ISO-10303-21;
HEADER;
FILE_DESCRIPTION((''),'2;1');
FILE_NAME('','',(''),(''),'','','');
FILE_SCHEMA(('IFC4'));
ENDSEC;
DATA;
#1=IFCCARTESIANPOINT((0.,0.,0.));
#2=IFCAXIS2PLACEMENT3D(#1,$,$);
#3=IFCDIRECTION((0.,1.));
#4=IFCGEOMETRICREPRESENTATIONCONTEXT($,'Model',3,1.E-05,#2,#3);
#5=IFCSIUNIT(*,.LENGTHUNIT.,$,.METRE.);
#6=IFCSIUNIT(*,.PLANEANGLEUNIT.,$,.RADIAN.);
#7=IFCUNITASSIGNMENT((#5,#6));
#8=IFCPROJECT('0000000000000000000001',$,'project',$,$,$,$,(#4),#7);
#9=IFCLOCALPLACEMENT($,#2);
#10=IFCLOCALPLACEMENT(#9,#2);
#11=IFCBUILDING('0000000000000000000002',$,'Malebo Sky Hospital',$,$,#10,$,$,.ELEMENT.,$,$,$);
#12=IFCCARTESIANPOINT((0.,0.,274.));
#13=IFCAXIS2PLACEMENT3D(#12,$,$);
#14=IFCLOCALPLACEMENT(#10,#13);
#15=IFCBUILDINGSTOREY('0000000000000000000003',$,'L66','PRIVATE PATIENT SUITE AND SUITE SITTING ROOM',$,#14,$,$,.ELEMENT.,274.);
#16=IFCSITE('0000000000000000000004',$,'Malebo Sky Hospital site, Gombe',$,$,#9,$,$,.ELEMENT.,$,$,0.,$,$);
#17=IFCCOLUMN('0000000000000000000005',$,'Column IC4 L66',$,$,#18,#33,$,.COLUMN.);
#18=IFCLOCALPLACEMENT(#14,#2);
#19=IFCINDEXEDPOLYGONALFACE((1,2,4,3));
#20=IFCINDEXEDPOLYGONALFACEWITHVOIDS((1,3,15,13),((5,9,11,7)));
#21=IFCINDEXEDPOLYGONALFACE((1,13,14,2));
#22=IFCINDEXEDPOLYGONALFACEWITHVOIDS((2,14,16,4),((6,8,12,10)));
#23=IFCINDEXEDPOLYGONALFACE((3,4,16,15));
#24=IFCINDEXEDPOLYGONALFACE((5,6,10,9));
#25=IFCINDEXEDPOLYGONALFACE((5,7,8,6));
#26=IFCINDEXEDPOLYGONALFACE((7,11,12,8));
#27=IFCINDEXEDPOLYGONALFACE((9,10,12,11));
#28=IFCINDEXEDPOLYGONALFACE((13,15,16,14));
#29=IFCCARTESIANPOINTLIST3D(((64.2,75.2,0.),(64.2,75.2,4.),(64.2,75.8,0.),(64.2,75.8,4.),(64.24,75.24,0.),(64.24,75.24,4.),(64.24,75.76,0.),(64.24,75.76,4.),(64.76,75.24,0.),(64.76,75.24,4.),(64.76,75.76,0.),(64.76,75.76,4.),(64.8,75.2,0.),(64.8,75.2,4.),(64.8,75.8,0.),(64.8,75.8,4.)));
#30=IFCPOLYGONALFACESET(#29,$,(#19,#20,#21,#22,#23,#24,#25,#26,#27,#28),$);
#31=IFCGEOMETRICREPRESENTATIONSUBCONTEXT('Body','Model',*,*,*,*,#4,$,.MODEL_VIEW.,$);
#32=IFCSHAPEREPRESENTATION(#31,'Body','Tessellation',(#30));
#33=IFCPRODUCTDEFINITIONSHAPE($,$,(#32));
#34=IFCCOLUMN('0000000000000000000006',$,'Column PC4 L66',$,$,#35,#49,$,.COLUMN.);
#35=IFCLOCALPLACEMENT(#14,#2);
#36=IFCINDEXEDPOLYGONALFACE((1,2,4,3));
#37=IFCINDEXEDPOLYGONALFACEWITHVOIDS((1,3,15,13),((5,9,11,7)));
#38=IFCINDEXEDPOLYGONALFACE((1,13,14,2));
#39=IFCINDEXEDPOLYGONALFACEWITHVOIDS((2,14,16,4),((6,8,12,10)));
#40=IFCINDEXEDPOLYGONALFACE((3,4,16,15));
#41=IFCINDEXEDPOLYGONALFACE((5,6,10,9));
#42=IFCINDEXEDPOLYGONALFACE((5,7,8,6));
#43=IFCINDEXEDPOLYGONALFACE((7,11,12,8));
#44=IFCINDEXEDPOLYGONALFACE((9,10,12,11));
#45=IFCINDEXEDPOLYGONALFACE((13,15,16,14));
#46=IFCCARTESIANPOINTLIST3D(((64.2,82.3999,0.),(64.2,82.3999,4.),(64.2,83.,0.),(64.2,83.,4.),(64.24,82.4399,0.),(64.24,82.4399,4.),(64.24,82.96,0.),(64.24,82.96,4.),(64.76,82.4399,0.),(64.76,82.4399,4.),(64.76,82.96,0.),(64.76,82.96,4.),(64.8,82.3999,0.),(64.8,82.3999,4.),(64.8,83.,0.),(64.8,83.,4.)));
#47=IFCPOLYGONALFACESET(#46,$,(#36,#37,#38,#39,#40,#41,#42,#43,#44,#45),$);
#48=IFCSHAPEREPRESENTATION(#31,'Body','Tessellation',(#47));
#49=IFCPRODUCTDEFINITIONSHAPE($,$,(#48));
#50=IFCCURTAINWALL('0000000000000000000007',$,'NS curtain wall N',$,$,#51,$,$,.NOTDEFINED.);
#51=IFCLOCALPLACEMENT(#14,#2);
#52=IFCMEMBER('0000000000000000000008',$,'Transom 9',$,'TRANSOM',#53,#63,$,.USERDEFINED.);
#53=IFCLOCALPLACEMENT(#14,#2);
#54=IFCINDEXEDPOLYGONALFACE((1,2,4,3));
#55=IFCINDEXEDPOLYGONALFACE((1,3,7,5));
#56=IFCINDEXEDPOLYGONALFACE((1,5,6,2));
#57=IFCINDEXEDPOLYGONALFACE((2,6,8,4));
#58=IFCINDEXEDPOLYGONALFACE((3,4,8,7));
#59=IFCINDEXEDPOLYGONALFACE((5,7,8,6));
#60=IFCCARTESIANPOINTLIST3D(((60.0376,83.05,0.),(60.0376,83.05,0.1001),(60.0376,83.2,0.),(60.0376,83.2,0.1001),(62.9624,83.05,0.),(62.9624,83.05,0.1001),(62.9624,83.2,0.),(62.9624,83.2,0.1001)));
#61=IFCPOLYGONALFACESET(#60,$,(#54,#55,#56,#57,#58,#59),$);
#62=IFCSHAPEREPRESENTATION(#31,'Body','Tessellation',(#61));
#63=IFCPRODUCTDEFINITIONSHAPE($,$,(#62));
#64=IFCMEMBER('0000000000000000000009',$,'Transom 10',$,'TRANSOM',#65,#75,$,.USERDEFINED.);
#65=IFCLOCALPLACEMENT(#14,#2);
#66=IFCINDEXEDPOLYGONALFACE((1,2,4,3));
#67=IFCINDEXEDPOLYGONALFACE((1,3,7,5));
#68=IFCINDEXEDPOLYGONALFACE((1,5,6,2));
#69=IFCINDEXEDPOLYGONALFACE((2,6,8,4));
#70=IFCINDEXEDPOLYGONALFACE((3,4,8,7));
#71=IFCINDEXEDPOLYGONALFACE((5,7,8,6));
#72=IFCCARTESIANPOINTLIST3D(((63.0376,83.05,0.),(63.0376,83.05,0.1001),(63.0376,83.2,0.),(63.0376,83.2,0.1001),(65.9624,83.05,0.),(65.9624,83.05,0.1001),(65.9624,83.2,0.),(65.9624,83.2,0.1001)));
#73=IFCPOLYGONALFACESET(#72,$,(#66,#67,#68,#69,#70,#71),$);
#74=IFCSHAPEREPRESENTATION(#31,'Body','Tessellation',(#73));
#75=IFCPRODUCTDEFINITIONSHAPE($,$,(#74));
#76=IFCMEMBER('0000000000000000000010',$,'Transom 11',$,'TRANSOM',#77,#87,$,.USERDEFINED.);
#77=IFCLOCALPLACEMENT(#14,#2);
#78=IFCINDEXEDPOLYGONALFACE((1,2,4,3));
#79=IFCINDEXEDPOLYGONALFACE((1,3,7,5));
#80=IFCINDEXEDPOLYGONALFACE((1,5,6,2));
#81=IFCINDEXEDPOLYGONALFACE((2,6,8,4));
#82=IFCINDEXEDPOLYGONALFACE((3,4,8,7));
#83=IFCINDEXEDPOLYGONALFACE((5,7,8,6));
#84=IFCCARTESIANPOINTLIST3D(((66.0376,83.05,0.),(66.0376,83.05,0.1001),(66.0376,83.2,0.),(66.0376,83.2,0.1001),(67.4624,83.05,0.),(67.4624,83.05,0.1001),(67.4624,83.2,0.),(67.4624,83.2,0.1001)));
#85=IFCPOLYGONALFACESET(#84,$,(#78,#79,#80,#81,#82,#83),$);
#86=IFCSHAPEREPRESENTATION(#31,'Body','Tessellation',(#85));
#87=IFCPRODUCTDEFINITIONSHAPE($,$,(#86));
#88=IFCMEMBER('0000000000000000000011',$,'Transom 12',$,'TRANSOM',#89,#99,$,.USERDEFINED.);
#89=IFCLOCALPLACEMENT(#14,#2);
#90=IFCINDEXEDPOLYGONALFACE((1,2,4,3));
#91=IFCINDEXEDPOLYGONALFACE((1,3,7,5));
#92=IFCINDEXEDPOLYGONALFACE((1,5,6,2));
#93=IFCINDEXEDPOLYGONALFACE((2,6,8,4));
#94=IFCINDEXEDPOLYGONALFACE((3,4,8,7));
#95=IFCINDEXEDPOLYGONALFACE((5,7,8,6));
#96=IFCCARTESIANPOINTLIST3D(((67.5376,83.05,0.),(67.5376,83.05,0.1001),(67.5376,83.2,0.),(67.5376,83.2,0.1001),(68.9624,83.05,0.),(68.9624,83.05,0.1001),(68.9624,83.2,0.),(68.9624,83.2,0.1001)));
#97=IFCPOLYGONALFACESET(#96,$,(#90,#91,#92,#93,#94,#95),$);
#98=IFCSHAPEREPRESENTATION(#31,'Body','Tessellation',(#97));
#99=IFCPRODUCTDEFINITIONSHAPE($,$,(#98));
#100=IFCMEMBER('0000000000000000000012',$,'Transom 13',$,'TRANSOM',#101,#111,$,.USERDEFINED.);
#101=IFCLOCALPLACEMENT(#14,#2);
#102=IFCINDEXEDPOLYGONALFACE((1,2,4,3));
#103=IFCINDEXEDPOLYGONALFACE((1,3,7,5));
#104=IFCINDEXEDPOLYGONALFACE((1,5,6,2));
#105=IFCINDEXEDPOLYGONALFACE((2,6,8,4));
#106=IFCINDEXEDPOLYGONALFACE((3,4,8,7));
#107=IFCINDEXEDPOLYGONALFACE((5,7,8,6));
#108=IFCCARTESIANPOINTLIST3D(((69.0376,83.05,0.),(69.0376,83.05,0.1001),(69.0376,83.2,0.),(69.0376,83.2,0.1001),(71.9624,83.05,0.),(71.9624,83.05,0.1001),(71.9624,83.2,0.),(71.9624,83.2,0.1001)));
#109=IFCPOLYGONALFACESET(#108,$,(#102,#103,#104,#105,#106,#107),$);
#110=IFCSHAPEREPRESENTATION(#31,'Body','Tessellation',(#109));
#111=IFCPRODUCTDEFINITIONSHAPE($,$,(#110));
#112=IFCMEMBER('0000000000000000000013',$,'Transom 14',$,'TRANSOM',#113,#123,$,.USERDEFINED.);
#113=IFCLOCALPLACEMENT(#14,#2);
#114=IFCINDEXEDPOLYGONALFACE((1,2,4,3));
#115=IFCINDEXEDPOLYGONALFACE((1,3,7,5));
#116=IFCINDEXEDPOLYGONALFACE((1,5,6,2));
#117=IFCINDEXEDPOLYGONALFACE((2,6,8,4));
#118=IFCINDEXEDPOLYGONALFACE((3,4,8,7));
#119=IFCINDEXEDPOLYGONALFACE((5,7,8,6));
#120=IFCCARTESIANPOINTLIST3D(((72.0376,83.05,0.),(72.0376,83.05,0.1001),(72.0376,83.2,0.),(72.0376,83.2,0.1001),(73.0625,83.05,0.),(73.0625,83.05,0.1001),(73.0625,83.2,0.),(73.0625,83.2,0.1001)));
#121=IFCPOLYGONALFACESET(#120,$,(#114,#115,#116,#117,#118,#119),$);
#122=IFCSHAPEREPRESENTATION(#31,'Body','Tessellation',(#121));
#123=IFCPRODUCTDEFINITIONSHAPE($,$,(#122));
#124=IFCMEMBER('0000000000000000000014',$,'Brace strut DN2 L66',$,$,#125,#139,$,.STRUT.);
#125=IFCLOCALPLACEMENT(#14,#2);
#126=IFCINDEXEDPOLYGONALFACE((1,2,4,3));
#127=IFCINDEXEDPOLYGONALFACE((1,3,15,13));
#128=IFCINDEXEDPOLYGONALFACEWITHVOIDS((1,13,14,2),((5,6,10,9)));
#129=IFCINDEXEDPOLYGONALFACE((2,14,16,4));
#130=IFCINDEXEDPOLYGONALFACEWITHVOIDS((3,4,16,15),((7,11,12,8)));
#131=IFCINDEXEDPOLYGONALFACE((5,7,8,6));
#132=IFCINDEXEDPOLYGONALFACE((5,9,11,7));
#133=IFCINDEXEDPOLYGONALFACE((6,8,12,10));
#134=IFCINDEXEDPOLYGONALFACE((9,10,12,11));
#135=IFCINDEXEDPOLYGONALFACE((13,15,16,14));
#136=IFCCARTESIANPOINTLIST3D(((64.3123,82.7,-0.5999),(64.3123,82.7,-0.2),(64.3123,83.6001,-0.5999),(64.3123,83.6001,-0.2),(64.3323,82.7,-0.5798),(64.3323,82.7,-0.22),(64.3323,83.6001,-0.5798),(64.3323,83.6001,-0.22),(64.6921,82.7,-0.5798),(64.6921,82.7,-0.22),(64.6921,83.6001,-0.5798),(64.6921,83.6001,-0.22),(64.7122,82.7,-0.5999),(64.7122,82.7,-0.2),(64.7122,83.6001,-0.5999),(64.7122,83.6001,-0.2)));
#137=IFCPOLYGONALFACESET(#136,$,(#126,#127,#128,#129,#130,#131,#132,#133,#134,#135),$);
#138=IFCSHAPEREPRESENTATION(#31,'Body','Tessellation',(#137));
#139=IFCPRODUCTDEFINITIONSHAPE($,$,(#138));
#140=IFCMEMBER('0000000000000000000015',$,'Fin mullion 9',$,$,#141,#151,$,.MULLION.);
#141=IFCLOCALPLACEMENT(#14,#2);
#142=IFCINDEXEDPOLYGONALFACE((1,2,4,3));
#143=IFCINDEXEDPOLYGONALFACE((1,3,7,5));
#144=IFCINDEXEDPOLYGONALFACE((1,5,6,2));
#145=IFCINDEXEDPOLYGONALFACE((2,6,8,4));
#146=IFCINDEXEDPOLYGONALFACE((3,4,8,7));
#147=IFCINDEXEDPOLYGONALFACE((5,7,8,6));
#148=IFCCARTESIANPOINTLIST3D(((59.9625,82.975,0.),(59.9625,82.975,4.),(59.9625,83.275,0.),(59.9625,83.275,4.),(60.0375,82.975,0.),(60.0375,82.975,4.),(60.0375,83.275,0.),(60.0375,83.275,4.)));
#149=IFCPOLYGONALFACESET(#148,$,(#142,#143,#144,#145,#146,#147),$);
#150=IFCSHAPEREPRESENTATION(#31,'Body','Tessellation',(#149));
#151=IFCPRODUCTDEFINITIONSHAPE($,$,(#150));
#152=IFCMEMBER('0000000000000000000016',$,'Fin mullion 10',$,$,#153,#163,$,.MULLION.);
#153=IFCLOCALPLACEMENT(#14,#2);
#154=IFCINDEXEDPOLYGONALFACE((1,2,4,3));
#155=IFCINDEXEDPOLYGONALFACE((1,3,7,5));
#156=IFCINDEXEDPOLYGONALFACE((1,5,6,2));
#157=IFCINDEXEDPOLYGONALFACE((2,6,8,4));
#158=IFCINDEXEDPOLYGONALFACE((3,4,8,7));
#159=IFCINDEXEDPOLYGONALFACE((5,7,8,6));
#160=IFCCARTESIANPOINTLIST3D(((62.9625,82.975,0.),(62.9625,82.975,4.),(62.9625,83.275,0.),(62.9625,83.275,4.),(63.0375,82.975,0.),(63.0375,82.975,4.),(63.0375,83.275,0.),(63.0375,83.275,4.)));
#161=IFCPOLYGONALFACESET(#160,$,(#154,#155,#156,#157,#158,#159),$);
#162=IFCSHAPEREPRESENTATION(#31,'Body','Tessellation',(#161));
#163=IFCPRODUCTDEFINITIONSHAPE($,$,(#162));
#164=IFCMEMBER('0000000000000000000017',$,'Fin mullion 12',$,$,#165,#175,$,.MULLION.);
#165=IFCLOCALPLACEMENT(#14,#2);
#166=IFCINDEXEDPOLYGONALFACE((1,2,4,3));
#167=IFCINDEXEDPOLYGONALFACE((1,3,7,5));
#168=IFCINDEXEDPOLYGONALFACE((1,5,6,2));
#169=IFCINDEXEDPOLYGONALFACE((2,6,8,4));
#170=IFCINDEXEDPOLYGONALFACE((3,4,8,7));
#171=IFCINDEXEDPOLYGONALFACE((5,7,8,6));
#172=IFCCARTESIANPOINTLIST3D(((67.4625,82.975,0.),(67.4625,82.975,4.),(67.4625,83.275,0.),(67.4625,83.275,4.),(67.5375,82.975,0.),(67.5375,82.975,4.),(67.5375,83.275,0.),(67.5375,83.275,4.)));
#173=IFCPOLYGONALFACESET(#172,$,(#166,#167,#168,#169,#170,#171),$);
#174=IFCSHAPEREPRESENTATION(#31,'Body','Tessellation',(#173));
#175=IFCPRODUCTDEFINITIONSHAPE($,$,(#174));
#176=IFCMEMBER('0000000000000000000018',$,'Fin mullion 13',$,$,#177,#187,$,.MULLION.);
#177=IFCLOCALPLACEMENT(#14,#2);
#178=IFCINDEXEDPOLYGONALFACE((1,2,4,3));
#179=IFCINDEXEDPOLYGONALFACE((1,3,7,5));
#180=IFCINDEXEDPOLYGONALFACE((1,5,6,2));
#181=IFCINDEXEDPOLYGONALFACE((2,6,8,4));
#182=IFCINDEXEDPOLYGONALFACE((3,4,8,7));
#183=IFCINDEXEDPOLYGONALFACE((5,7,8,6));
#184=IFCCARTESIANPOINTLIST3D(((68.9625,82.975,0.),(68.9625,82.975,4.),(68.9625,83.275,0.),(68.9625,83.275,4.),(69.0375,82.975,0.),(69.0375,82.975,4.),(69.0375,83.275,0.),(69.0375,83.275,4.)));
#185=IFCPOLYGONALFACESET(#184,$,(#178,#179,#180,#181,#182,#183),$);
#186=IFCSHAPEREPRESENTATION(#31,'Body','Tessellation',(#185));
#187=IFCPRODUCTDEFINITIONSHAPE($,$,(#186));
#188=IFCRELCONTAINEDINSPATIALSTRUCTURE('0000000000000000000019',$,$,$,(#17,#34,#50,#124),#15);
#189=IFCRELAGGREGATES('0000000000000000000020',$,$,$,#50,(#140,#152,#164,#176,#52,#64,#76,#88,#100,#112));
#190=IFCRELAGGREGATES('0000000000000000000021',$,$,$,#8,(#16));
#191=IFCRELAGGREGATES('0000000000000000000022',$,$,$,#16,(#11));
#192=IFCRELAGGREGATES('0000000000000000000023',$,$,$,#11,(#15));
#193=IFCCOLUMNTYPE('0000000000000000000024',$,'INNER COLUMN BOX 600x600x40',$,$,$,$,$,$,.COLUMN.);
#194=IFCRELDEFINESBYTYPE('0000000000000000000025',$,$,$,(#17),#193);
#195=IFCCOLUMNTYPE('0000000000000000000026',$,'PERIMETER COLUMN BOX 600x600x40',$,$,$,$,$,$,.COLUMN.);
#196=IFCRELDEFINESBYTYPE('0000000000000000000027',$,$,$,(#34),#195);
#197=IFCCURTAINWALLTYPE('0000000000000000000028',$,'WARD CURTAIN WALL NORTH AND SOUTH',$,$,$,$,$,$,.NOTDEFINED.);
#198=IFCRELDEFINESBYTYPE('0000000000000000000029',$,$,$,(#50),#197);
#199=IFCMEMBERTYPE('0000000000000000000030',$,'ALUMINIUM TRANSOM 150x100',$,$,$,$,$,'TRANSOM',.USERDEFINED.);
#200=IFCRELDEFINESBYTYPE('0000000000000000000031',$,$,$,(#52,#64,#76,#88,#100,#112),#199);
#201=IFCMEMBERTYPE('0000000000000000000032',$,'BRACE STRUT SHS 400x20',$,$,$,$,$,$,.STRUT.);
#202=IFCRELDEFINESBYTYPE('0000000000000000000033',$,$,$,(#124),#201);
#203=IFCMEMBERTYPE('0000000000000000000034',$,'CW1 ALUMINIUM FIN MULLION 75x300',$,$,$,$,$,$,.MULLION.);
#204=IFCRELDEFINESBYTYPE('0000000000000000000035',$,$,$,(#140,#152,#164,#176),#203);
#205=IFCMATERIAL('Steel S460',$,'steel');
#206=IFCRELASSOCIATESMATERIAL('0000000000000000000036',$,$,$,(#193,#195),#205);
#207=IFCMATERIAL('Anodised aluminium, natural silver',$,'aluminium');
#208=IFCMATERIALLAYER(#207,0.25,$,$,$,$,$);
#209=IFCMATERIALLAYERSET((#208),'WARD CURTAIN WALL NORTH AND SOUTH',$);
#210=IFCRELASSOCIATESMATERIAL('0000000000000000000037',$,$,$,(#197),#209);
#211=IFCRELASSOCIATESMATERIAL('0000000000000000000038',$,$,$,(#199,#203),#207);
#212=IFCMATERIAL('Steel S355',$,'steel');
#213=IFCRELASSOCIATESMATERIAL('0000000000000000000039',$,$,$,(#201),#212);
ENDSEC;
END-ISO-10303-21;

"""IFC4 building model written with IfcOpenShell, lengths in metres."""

from ifc_helpers import new_model, si_unit, direction, frame, origin, origin_2d, place, context, subcontext, project, spatial, rectangle, hollow_rectangle, extrude, material, layer, layer_set, material_profile, profile_set, type_object, element, aggregate, save


model = new_model("IFC4")

# Units and contexts
model_context = context("Model", 3, precision=1e-05, world=origin(), true_north=direction((0.0, 1.0)))
body_context = subcontext(model_context, "Body", "Model", "MODEL_VIEW")
ifc_project = project(units=[si_unit("LENGTHUNIT", "METRE"), si_unit("PLANEANGLEUNIT", "RADIAN")], contexts=[model_context])

# Site, building, storey
site_placement = place(None, origin())
site = spatial("IfcSite", under=ifc_project, at=site_placement, Name="Malebo Sky Hospital site, Gombe", CompositionType="ELEMENT", RefElevation=0.0)
building_placement = place(site_placement, origin())
building = spatial("IfcBuilding", under=site, at=building_placement, Name="Malebo Sky Hospital", CompositionType="ELEMENT")
storey_placement = place(building_placement, frame((0.0, 0.0, 274.0)))
storey = spatial("IfcBuildingStorey", under=building, at=storey_placement, Name="L66", Description="PRIVATE PATIENT SUITE AND SUITE SITTING ROOM", CompositionType="ELEMENT", Elevation=274.0)

# Columns
ifc_material_1 = material(Name="Steel S460", Category="steel")
ifc_material_profile_1 = material_profile(ifc_material_1, hollow_rectangle(XDim=0.6001, YDim=0.6001, WallThickness=0.04, at=origin_2d()), Name="BOX 600x600x40")
ifc_profile_set_1 = profile_set([ifc_material_profile_1], Name="Steel S460")
column_type_1 = type_object("IfcColumnType", Name="INNER COLUMN BOX 600x600x40", PredefinedType="COLUMN", material=ifc_profile_set_1)
column_1_placement = place(storey_placement, frame((64.5, 75.5, 0.0), z_axis=(0.0, 0.0, 1.0), x_axis=(1.0, 0.0, 0.0)))
element("IfcColumn", 1, at=column_1_placement, inside=storey, type_object=column_type_1, Name="Column IC4 L66", PredefinedType="COLUMN", context=body_context, shape_type="SweptSolid", body=[
    extrude(hollow_rectangle(XDim=0.6001, YDim=0.6001, WallThickness=0.04, at=origin_2d()), origin(), (0.0, 0.0, 1.0), 4.0),
])
ifc_material_profile_2 = material_profile(ifc_material_1, hollow_rectangle(XDim=0.6001, YDim=0.6001, WallThickness=0.04, at=origin_2d()), Name="BOX 600x600x40")
ifc_profile_set_2 = profile_set([ifc_material_profile_2], Name="Steel S460")
column_type_2 = type_object("IfcColumnType", Name="PERIMETER COLUMN BOX 600x600x40", PredefinedType="COLUMN", material=ifc_profile_set_2)
column_2_placement = place(storey_placement, frame((64.5, 82.7, 0.0), z_axis=(0.0, 0.0, 1.0), x_axis=(1.0, 0.0, 0.0)))
element("IfcColumn", 2, at=column_2_placement, inside=storey, type_object=column_type_2, Name="Column PC4 L66", PredefinedType="COLUMN", context=body_context, shape_type="SweptSolid", body=[
    extrude(hollow_rectangle(XDim=0.6001, YDim=0.6001, WallThickness=0.04, at=origin_2d()), origin(), (0.0, 0.0, 1.0), 4.0),
])

# Curtain wall, members
ifc_material_2 = material(Name="Anodised aluminium, natural silver", Category="aluminium")
ifc_layer_1 = layer(ifc_material_2, 0.25)
ifc_layer_set_1 = layer_set([ifc_layer_1], Name="WARD CURTAIN WALL NORTH AND SOUTH")
curtain_wall_type = type_object("IfcCurtainWallType", Name="WARD CURTAIN WALL NORTH AND SOUTH", PredefinedType="NOTDEFINED", material=ifc_layer_set_1)
curtain_wall_placement = place(storey_placement, origin())
curtain_wall = element("IfcCurtainWall", 3, at=curtain_wall_placement, inside=storey, type_object=curtain_wall_type, Name="NS curtain wall N", PredefinedType="NOTDEFINED")
ifc_material_profile_3 = material_profile(ifc_material_2, rectangle(XDim=0.1499, YDim=0.1001, at=origin_2d()), Name="ALUMINIUM TRANSOM 150x100")
ifc_profile_set_3 = profile_set([ifc_material_profile_3], Name="Anodised aluminium, natural silver")
member_type_1 = type_object("IfcMemberType", Name="ALUMINIUM TRANSOM 150x100", ElementType="TRANSOM", PredefinedType="USERDEFINED", material=ifc_profile_set_3)
member_1_placement = place(storey_placement, frame((60.0376, 83.125, 0.05), z_axis=(1.0, 0.0, 0.0), x_axis=(0.0, 1.0, 0.0)))
member_1 = element("IfcMember", 4, at=member_1_placement, type_object=member_type_1, Name="Transom 9", ObjectType="TRANSOM", PredefinedType="USERDEFINED", context=body_context, shape_type="SweptSolid", body=[
    extrude(rectangle(XDim=0.1499, YDim=0.1001, at=origin_2d()), origin(), (0.0, 0.0, 1.0), 2.9248),
])
member_2_placement = place(storey_placement, frame((63.0376, 83.125, 0.05), z_axis=(1.0, 0.0, 0.0), x_axis=(0.0, 1.0, 0.0)))
member_2 = element("IfcMember", 5, at=member_2_placement, type_object=member_type_1, Name="Transom 10", ObjectType="TRANSOM", PredefinedType="USERDEFINED", context=body_context, shape_type="SweptSolid", body=[
    extrude(rectangle(XDim=0.1499, YDim=0.1001, at=origin_2d()), origin(), (0.0, 0.0, 1.0), 2.9248),
])
member_3_placement = place(storey_placement, frame((66.0376, 83.125, 0.05), z_axis=(1.0, 0.0, 0.0), x_axis=(0.0, 1.0, 0.0)))
member_3 = element("IfcMember", 6, at=member_3_placement, type_object=member_type_1, Name="Transom 11", ObjectType="TRANSOM", PredefinedType="USERDEFINED", context=body_context, shape_type="SweptSolid", body=[
    extrude(rectangle(XDim=0.1499, YDim=0.1001, at=origin_2d()), origin(), (0.0, 0.0, 1.0), 1.4248),
])
member_4_placement = place(storey_placement, frame((67.5376, 83.125, 0.05), z_axis=(1.0, 0.0, 0.0), x_axis=(0.0, 1.0, 0.0)))
member_4 = element("IfcMember", 7, at=member_4_placement, type_object=member_type_1, Name="Transom 12", ObjectType="TRANSOM", PredefinedType="USERDEFINED", context=body_context, shape_type="SweptSolid", body=[
    extrude(rectangle(XDim=0.1499, YDim=0.1001, at=origin_2d()), origin(), (0.0, 0.0, 1.0), 1.4248),
])
member_5_placement = place(storey_placement, frame((69.0376, 83.125, 0.05), z_axis=(1.0, 0.0, 0.0), x_axis=(0.0, 1.0, 0.0)))
member_5 = element("IfcMember", 8, at=member_5_placement, type_object=member_type_1, Name="Transom 13", ObjectType="TRANSOM", PredefinedType="USERDEFINED", context=body_context, shape_type="SweptSolid", body=[
    extrude(rectangle(XDim=0.1499, YDim=0.1001, at=origin_2d()), origin(), (0.0, 0.0, 1.0), 2.9248),
])
member_6_placement = place(storey_placement, frame((72.0376, 83.125, 0.05), z_axis=(1.0, 0.0, 0.0), x_axis=(0.0, 1.0, 0.0)))
member_6 = element("IfcMember", 9, at=member_6_placement, type_object=member_type_1, Name="Transom 14", ObjectType="TRANSOM", PredefinedType="USERDEFINED", context=body_context, shape_type="SweptSolid", body=[
    extrude(rectangle(XDim=0.1499, YDim=0.1001, at=origin_2d()), origin(), (0.0, 0.0, 1.0), 1.0249),
])

# Members
ifc_material_3 = material(Name="Steel S355", Category="steel")
ifc_material_profile_4 = material_profile(ifc_material_3, hollow_rectangle(XDim=0.3999, YDim=0.3999, WallThickness=0.02, at=origin_2d()), Name="SHS 400x20")
ifc_profile_set_4 = profile_set([ifc_material_profile_4], Name="Steel S355")
member_type_2 = type_object("IfcMemberType", Name="BRACE STRUT SHS 400x20", PredefinedType="STRUT", material=ifc_profile_set_4)
member_7_placement = place(storey_placement, frame((64.5122, 83.6001, -0.3999), z_axis=(0.0, -1.0, 0.0), x_axis=(1.0, 0.0, 0.0)))
element("IfcMember", 10, at=member_7_placement, inside=storey, type_object=member_type_2, Name="Brace strut DN2 L66", PredefinedType="STRUT", context=body_context, shape_type="SweptSolid", body=[
    extrude(hollow_rectangle(XDim=0.3999, YDim=0.3999, WallThickness=0.02, at=origin_2d()), origin(), (0.0, 0.0, 1.0), 0.9001),
])
ifc_material_profile_5 = material_profile(ifc_material_2, rectangle(XDim=0.075, YDim=0.3, at=origin_2d()), Name="CW1 ALUMINIUM FIN MULLION 75x300")
ifc_profile_set_5 = profile_set([ifc_material_profile_5], Name="Anodised aluminium, natural silver")
member_type_3 = type_object("IfcMemberType", Name="CW1 ALUMINIUM FIN MULLION 75x300", PredefinedType="MULLION", material=ifc_profile_set_5)
member_8_placement = place(storey_placement, frame((60.0, 83.125, 0.0), z_axis=(0.0, 0.0, 1.0), x_axis=(1.0, 0.0, 0.0)))
member_8 = element("IfcMember", 11, at=member_8_placement, type_object=member_type_3, Name="Fin mullion 9", PredefinedType="MULLION", context=body_context, shape_type="SweptSolid", body=[
    extrude(rectangle(XDim=0.075, YDim=0.3, at=origin_2d()), origin(), (0.0, 0.0, 1.0), 4.0),
])
member_9_placement = place(storey_placement, frame((63.0, 83.125, 0.0), z_axis=(0.0, 0.0, 1.0), x_axis=(1.0, 0.0, 0.0)))
member_9 = element("IfcMember", 12, at=member_9_placement, type_object=member_type_3, Name="Fin mullion 10", PredefinedType="MULLION", context=body_context, shape_type="SweptSolid", body=[
    extrude(rectangle(XDim=0.075, YDim=0.3, at=origin_2d()), origin(), (0.0, 0.0, 1.0), 4.0),
])
member_10_placement = place(storey_placement, frame((67.5, 83.125, 0.0), z_axis=(0.0, 0.0, 1.0), x_axis=(1.0, 0.0, 0.0)))
member_10 = element("IfcMember", 13, at=member_10_placement, type_object=member_type_3, Name="Fin mullion 12", PredefinedType="MULLION", context=body_context, shape_type="SweptSolid", body=[
    extrude(rectangle(XDim=0.075, YDim=0.3, at=origin_2d()), origin(), (0.0, 0.0, 1.0), 4.0),
])
member_11_placement = place(storey_placement, frame((69.0, 83.125, 0.0), z_axis=(0.0, 0.0, 1.0), x_axis=(1.0, 0.0, 0.0)))
member_11 = element("IfcMember", 14, at=member_11_placement, type_object=member_type_3, Name="Fin mullion 13", PredefinedType="MULLION", context=body_context, shape_type="SweptSolid", body=[
    extrude(rectangle(XDim=0.075, YDim=0.3, at=origin_2d()), origin(), (0.0, 0.0, 1.0), 4.0),
])

aggregate(curtain_wall, [member_8, member_9, member_10, member_11, member_1, member_2, member_3, member_4, member_5, member_6])

save(model, "model.ifc")
